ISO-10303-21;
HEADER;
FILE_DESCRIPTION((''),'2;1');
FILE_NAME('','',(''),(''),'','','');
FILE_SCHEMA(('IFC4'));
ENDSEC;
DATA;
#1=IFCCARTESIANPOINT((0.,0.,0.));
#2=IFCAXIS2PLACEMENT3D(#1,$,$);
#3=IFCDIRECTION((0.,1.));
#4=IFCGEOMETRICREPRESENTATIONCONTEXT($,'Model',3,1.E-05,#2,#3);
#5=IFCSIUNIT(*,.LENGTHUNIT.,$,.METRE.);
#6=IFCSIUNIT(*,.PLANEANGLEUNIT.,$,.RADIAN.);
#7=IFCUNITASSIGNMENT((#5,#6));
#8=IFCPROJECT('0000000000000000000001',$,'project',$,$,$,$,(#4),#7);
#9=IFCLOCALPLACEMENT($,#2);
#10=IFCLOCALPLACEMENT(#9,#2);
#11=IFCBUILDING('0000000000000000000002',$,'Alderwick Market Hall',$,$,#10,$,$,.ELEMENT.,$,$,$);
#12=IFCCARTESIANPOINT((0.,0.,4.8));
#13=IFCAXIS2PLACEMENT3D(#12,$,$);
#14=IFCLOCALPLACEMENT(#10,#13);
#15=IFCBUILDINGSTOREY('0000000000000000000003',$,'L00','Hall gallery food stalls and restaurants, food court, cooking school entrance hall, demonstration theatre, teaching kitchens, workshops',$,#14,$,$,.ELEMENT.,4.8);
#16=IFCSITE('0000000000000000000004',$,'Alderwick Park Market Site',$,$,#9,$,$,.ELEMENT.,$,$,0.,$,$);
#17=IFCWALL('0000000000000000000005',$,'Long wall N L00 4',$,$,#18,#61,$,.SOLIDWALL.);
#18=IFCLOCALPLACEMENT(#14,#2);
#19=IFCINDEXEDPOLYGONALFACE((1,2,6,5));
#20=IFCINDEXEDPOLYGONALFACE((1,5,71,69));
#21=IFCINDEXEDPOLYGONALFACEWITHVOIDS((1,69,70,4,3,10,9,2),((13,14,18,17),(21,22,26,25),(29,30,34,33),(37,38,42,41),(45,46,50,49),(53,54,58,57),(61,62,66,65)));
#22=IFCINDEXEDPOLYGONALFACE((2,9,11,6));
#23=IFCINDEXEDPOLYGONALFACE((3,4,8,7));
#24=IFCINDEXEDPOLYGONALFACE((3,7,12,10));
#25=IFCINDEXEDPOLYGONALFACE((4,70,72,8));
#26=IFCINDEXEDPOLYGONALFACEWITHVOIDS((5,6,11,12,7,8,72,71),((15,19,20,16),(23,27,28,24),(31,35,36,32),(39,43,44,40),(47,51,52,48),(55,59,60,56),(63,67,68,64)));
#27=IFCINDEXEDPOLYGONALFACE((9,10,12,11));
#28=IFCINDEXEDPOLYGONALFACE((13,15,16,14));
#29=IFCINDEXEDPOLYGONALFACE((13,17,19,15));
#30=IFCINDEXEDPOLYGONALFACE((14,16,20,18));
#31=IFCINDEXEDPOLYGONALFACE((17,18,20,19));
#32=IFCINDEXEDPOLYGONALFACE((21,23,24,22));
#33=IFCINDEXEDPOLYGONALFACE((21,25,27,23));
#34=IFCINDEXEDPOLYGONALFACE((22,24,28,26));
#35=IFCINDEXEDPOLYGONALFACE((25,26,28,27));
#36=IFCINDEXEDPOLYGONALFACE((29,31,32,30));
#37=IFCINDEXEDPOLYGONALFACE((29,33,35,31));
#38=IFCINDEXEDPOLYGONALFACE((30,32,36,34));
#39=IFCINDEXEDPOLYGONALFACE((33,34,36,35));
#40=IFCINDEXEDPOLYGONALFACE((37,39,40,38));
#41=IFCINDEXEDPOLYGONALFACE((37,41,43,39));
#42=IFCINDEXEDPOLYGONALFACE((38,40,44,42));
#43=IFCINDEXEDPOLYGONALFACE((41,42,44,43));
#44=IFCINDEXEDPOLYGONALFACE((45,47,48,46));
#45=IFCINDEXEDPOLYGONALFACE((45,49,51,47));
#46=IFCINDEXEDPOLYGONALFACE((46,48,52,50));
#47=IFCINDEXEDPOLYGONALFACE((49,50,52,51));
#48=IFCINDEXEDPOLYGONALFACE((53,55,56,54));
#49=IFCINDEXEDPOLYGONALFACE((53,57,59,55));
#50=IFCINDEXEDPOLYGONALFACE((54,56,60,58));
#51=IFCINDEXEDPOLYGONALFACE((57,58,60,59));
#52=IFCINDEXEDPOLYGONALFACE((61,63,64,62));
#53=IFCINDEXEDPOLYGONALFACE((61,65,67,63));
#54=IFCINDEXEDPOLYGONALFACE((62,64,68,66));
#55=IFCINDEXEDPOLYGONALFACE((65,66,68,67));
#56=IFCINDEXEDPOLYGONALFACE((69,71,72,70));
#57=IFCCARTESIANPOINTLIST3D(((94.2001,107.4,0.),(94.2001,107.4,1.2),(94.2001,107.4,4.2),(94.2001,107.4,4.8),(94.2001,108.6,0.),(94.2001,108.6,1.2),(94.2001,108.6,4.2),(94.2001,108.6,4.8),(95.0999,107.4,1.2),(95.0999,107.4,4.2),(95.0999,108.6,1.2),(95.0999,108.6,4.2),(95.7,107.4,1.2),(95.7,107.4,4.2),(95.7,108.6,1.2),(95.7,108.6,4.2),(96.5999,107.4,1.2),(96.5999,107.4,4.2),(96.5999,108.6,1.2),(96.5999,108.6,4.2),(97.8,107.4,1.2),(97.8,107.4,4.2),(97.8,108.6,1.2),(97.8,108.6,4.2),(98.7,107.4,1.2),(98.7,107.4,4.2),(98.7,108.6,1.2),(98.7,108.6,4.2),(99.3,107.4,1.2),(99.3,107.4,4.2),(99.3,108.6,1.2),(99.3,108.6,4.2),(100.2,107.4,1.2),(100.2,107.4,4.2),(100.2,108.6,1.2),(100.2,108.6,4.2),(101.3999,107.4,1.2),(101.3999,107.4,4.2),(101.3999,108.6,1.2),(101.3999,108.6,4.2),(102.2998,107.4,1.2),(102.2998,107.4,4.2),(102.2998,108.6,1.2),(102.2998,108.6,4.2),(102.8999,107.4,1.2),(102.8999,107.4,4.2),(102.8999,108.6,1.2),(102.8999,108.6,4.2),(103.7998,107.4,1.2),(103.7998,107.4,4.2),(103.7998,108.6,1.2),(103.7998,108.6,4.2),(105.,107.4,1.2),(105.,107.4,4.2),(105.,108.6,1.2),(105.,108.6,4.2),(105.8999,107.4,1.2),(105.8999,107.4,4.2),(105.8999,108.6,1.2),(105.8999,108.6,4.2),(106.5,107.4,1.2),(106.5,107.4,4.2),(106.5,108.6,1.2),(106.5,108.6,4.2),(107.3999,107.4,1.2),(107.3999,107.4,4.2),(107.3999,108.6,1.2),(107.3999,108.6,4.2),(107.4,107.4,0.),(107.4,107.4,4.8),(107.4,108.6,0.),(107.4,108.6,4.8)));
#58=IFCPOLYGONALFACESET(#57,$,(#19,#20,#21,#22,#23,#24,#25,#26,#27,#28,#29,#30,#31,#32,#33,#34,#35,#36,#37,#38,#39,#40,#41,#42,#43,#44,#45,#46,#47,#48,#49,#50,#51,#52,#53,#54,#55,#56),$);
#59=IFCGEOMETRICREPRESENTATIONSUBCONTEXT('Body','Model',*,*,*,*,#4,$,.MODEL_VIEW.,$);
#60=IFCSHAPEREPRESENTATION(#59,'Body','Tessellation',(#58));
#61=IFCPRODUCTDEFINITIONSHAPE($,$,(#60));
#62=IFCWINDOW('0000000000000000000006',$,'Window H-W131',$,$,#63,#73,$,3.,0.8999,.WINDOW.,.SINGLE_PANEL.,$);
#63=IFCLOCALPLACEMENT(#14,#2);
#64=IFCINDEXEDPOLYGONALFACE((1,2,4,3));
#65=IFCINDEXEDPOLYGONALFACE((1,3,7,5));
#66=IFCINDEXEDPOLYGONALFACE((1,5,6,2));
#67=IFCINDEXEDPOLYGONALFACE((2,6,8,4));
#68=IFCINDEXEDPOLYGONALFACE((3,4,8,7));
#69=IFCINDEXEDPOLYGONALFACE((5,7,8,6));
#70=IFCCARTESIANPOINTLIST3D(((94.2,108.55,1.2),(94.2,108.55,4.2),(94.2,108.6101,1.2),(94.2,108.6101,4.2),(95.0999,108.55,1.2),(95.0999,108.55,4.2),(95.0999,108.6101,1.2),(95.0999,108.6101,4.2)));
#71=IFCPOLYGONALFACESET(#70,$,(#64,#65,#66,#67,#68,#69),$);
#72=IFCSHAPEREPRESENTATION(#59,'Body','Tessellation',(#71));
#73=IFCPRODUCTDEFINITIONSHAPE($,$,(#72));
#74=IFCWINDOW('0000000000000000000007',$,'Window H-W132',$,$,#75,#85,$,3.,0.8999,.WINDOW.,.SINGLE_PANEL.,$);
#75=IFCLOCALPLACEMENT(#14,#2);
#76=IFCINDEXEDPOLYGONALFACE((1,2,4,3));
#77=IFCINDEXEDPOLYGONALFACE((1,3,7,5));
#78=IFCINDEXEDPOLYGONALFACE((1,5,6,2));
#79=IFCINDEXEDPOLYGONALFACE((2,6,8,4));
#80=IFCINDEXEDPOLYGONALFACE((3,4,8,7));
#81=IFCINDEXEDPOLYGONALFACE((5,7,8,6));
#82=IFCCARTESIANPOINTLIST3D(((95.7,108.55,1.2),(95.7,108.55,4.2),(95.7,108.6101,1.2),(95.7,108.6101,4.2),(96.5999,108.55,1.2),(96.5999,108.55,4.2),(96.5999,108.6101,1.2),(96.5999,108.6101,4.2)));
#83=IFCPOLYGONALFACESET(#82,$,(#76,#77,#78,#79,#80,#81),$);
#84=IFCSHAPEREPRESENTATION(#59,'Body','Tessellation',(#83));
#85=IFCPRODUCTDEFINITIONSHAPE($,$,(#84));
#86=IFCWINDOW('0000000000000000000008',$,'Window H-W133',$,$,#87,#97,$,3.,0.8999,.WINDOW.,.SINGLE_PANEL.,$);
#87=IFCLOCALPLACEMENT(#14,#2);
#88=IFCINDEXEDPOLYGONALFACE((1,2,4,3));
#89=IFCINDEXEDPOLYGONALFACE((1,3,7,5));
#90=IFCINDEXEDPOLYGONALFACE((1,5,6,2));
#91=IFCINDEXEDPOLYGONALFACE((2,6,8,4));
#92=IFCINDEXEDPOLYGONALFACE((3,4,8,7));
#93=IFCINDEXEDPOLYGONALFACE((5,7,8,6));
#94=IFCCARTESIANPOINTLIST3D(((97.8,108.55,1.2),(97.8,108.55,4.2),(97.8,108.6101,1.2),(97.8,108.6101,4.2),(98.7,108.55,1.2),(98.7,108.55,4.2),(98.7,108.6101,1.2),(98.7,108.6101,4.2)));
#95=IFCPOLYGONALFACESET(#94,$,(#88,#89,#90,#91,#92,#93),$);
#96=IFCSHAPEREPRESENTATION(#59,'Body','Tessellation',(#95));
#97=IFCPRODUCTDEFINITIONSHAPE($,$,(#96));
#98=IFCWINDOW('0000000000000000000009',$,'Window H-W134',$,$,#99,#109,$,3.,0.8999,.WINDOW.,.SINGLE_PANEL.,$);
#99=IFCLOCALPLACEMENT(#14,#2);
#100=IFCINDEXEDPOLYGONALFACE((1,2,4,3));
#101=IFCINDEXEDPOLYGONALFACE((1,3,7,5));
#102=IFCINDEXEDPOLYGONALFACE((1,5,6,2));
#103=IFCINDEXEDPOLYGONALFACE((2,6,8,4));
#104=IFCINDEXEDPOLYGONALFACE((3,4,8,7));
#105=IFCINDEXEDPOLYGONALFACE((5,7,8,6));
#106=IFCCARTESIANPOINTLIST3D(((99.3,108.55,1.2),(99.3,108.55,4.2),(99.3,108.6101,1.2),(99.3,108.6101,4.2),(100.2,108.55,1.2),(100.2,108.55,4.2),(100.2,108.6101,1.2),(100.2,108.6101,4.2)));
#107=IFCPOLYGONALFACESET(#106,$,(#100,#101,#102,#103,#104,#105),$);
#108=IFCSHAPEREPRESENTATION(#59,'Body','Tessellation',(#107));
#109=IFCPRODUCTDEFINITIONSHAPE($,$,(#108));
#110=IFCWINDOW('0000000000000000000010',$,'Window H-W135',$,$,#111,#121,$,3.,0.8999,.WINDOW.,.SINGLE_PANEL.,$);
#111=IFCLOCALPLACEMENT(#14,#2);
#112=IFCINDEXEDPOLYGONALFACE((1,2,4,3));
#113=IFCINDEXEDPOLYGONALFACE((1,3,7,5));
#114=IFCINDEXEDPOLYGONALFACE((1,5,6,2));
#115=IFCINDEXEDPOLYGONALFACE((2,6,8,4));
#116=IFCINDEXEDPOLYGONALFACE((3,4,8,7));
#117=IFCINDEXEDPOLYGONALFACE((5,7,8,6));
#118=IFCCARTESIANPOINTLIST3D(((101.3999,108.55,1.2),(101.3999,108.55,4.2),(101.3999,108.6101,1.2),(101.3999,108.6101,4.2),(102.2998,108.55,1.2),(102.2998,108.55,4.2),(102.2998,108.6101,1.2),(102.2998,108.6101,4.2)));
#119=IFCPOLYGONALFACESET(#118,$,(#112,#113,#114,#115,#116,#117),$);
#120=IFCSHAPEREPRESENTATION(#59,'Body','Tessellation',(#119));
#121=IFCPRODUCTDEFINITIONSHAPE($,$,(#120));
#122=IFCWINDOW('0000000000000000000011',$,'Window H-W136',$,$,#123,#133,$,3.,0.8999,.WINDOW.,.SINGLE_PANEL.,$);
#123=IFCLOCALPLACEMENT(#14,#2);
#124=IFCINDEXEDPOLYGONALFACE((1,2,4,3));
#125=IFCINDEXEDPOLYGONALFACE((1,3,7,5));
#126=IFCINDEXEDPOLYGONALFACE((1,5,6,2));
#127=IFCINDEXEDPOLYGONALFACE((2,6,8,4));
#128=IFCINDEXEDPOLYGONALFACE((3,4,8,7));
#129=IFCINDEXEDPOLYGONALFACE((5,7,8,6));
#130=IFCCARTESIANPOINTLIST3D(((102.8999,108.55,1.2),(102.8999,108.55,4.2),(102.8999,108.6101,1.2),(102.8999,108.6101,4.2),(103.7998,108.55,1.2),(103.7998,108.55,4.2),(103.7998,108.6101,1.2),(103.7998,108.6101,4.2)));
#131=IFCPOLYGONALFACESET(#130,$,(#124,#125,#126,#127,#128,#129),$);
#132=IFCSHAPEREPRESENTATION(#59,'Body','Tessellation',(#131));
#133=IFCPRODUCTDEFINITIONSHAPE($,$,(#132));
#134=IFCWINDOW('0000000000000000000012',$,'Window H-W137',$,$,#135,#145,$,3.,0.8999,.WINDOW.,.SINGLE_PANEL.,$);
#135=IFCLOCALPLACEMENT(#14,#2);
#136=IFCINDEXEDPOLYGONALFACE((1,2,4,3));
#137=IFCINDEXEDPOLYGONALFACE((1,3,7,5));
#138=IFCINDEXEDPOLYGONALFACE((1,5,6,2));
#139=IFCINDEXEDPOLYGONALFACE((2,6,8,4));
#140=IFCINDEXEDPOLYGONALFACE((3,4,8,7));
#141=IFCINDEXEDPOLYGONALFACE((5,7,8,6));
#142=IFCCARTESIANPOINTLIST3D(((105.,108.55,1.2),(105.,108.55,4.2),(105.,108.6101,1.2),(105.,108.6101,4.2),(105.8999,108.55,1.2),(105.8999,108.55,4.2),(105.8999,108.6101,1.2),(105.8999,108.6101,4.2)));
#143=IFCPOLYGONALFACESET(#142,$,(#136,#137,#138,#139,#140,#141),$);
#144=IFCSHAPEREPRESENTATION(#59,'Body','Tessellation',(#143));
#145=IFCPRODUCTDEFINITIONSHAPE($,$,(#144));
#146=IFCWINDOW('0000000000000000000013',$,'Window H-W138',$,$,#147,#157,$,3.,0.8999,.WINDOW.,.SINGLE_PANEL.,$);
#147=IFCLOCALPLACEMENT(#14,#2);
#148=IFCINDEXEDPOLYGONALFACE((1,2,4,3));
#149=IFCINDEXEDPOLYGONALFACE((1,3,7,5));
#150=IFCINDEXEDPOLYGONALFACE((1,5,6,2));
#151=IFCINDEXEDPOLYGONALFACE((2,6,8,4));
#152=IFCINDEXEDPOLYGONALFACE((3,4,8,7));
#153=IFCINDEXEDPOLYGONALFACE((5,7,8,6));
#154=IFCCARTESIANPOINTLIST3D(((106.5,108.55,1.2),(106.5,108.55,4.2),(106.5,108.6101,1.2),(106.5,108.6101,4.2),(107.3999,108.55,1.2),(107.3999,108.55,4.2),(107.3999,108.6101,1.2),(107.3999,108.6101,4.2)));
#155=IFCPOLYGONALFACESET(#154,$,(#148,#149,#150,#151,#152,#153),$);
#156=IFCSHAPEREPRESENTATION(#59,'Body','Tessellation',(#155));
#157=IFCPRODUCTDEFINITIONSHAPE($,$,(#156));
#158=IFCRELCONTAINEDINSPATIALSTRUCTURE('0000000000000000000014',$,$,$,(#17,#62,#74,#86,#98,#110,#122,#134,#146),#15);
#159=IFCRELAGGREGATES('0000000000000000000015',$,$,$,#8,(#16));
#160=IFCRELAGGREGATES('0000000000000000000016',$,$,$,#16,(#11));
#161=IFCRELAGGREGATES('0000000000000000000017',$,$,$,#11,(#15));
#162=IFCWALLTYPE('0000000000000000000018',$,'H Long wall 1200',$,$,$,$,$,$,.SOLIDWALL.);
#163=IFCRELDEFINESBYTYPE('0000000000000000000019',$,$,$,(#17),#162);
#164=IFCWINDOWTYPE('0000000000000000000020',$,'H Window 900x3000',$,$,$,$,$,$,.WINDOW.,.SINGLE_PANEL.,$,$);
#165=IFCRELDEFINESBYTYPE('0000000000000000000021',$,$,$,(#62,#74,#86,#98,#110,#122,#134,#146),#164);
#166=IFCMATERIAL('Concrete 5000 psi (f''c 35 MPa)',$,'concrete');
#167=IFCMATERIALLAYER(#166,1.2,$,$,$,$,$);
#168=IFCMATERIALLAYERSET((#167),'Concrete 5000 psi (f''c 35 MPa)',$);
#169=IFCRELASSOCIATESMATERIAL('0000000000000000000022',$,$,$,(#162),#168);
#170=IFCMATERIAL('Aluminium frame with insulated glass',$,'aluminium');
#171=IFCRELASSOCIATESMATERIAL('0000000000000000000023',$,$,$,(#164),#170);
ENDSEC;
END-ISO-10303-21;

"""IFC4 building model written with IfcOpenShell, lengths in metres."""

from ifc_helpers import new_model, si_unit, direction, frame, frame_2d, origin, place, context, subcontext, project, spatial, rectangle, extrude, material, layer, layer_set, type_object, element, fill, save


model = new_model("IFC4")

# Units and contexts
model_context = context("Model", 3, precision=1e-05, world=origin(), true_north=direction((0.0, 1.0)))
body_context = subcontext(model_context, "Body", "Model", "MODEL_VIEW")
ifc_project = project(units=[si_unit("LENGTHUNIT", "METRE"), si_unit("PLANEANGLEUNIT", "RADIAN")], contexts=[model_context])

# Site, building, storey
site_placement = place(None, origin())
site = spatial("IfcSite", under=ifc_project, at=site_placement, Name="Alderwick Park Market Site", CompositionType="ELEMENT", RefElevation=0.0)
building_placement = place(site_placement, origin())
building = spatial("IfcBuilding", under=site, at=building_placement, Name="Alderwick Market Hall", CompositionType="ELEMENT")
storey_placement = place(building_placement, frame((0.0, 0.0, 4.8)))
storey = spatial("IfcBuildingStorey", under=building, at=storey_placement, Name="L00", Description="Hall gallery food stalls and restaurants, food court, cooking school entrance hall, demonstration theatre, teaching kitchens, workshops", CompositionType="ELEMENT", Elevation=4.8)

# Shared definitions
ifc_material_1 = material(Name="Concrete 5000 psi (f'c 35 MPa)", Category="concrete")

# Wall, openings, windows
ifc_layer_1 = layer(ifc_material_1, 1.2)
ifc_layer_set_1 = layer_set([ifc_layer_1], Name="Concrete 5000 psi (f'c 35 MPa)")
wall_type_1 = type_object("IfcWallType", Name="H Long wall 1200", PredefinedType="SOLIDWALL", material=ifc_layer_set_1)
wall_1_placement = place(storey_placement, frame((94.2, 108.0, 0.0), z_axis=(0.0, 0.0, 1.0), x_axis=(1.0, 0.0, 0.0)))
wall_1 = element("IfcWall", 1, at=wall_1_placement, inside=storey, type_object=wall_type_1, Name="Long wall N L00 4", PredefinedType="SOLIDWALL", context=body_context, shape_type="SweptSolid", body=[
    extrude(rectangle(XDim=13.2, YDim=1.2, at=frame_2d((6.6001, 0.0))), origin(), (0.0, 0.0, 1.0), 4.8),
])
opening_1_placement = place(wall_1_placement, frame((0.0, 0.0, 1.2)))
opening_1 = element("IfcOpeningElement", 2, at=opening_1_placement, cuts=wall_1, PredefinedType="OPENING", context=body_context, shape_type="SweptSolid", body=[
    extrude(rectangle(XDim=0.8999, YDim=3.0, at=frame_2d((0.45, 1.5))), frame((0.0, 0.6099, 0.0), z_axis=(0.0, -1.0, 0.0), x_axis=(1.0, 0.0, 0.0)), (0.0, 0.0, 1.0), 1.22),
])
opening_2_placement = place(wall_1_placement, frame((1.5, 0.0, 1.2)))
opening_2 = element("IfcOpeningElement", 3, at=opening_2_placement, cuts=wall_1, PredefinedType="OPENING", context=body_context, shape_type="SweptSolid", body=[
    extrude(rectangle(XDim=0.8999, YDim=3.0, at=frame_2d((0.45, 1.5))), frame((0.0, 0.6099, 0.0), z_axis=(0.0, -1.0, 0.0), x_axis=(1.0, 0.0, 0.0)), (0.0, 0.0, 1.0), 1.22),
])
opening_3_placement = place(wall_1_placement, frame((3.6001, 0.0, 1.2)))
opening_3 = element("IfcOpeningElement", 4, at=opening_3_placement, cuts=wall_1, PredefinedType="OPENING", context=body_context, shape_type="SweptSolid", body=[
    extrude(rectangle(XDim=0.8999, YDim=3.0, at=frame_2d((0.45, 1.5))), frame((0.0, 0.6099, 0.0), z_axis=(0.0, -1.0, 0.0), x_axis=(1.0, 0.0, 0.0)), (0.0, 0.0, 1.0), 1.22),
])
opening_4_placement = place(wall_1_placement, frame((5.1001, 0.0, 1.2)))
opening_4 = element("IfcOpeningElement", 5, at=opening_4_placement, cuts=wall_1, PredefinedType="OPENING", context=body_context, shape_type="SweptSolid", body=[
    extrude(rectangle(XDim=0.8999, YDim=3.0, at=frame_2d((0.45, 1.5))), frame((0.0, 0.6099, 0.0), z_axis=(0.0, -1.0, 0.0), x_axis=(1.0, 0.0, 0.0)), (0.0, 0.0, 1.0), 1.22),
])
opening_5_placement = place(wall_1_placement, frame((7.2, 0.0, 1.2)))
opening_5 = element("IfcOpeningElement", 6, at=opening_5_placement, cuts=wall_1, PredefinedType="OPENING", context=body_context, shape_type="SweptSolid", body=[
    extrude(rectangle(XDim=0.8999, YDim=3.0, at=frame_2d((0.45, 1.5))), frame((0.0, 0.6099, 0.0), z_axis=(0.0, -1.0, 0.0), x_axis=(1.0, 0.0, 0.0)), (0.0, 0.0, 1.0), 1.22),
])
opening_6_placement = place(wall_1_placement, frame((8.7, 0.0, 1.2)))
opening_6 = element("IfcOpeningElement", 7, at=opening_6_placement, cuts=wall_1, PredefinedType="OPENING", context=body_context, shape_type="SweptSolid", body=[
    extrude(rectangle(XDim=0.8999, YDim=3.0, at=frame_2d((0.45, 1.5))), frame((0.0, 0.6099, 0.0), z_axis=(0.0, -1.0, 0.0), x_axis=(1.0, 0.0, 0.0)), (0.0, 0.0, 1.0), 1.22),
])
opening_7_placement = place(wall_1_placement, frame((10.8, 0.0, 1.2)))
opening_7 = element("IfcOpeningElement", 8, at=opening_7_placement, cuts=wall_1, PredefinedType="OPENING", context=body_context, shape_type="SweptSolid", body=[
    extrude(rectangle(XDim=0.8999, YDim=3.0, at=frame_2d((0.45, 1.5))), frame((0.0, 0.6099, 0.0), z_axis=(0.0, -1.0, 0.0), x_axis=(1.0, 0.0, 0.0)), (0.0, 0.0, 1.0), 1.22),
])
opening_8_placement = place(wall_1_placement, frame((12.3, 0.0, 1.2)))
opening_8 = element("IfcOpeningElement", 9, at=opening_8_placement, cuts=wall_1, PredefinedType="OPENING", context=body_context, shape_type="SweptSolid", body=[
    extrude(rectangle(XDim=0.8999, YDim=3.0, at=frame_2d((0.45, 1.5))), frame((0.0, 0.6099, 0.0), z_axis=(0.0, -1.0, 0.0), x_axis=(1.0, 0.0, 0.0)), (0.0, 0.0, 1.0), 1.22),
])
ifc_material_2 = material(Name="Aluminium frame with insulated glass", Category="aluminium")
window_type = type_object("IfcWindowType", Name="H Window 900x3000", PartitioningType="SINGLE_PANEL", PredefinedType="WINDOW", material=ifc_material_2)
window_1_placement = place(opening_1_placement, origin())
window_1 = element("IfcWindow", 10, at=window_1_placement, inside=storey, type_object=window_type, Name="Window H-W131", OverallHeight=3.0, OverallWidth=0.8999, PartitioningType="SINGLE_PANEL", PredefinedType="WINDOW", context=body_context, shape_type="SweptSolid", body=[
    extrude(rectangle(XDim=0.8999, YDim=3.0, at=frame_2d((0.45, 1.5))), frame((0.0, 0.6101, 0.0), z_axis=(0.0, -1.0, 0.0), x_axis=(1.0, 0.0, 0.0)), (0.0, 0.0, 1.0), 0.0601),
])
fill(opening_1, window_1)
window_2_placement = place(opening_2_placement, origin())
window_2 = element("IfcWindow", 11, at=window_2_placement, inside=storey, type_object=window_type, Name="Window H-W132", OverallHeight=3.0, OverallWidth=0.8999, PartitioningType="SINGLE_PANEL", PredefinedType="WINDOW", context=body_context, shape_type="SweptSolid", body=[
    extrude(rectangle(XDim=0.8999, YDim=3.0, at=frame_2d((0.45, 1.5))), frame((0.0, 0.6101, 0.0), z_axis=(0.0, -1.0, 0.0), x_axis=(1.0, 0.0, 0.0)), (0.0, 0.0, 1.0), 0.0601),
])
fill(opening_2, window_2)
window_3_placement = place(opening_3_placement, origin())
window_3 = element("IfcWindow", 12, at=window_3_placement, inside=storey, type_object=window_type, Name="Window H-W133", OverallHeight=3.0, OverallWidth=0.8999, PartitioningType="SINGLE_PANEL", PredefinedType="WINDOW", context=body_context, shape_type="SweptSolid", body=[
    extrude(rectangle(XDim=0.8999, YDim=3.0, at=frame_2d((0.45, 1.5))), frame((0.0, 0.6101, 0.0), z_axis=(0.0, -1.0, 0.0), x_axis=(1.0, 0.0, 0.0)), (0.0, 0.0, 1.0), 0.0601),
])
fill(opening_3, window_3)
window_4_placement = place(opening_4_placement, origin())
window_4 = element("IfcWindow", 13, at=window_4_placement, inside=storey, type_object=window_type, Name="Window H-W134", OverallHeight=3.0, OverallWidth=0.8999, PartitioningType="SINGLE_PANEL", PredefinedType="WINDOW", context=body_context, shape_type="SweptSolid", body=[
    extrude(rectangle(XDim=0.8999, YDim=3.0, at=frame_2d((0.45, 1.5))), frame((0.0, 0.6101, 0.0), z_axis=(0.0, -1.0, 0.0), x_axis=(1.0, 0.0, 0.0)), (0.0, 0.0, 1.0), 0.0601),
])
fill(opening_4, window_4)
window_5_placement = place(opening_5_placement, origin())
window_5 = element("IfcWindow", 14, at=window_5_placement, inside=storey, type_object=window_type, Name="Window H-W135", OverallHeight=3.0, OverallWidth=0.8999, PartitioningType="SINGLE_PANEL", PredefinedType="WINDOW", context=body_context, shape_type="SweptSolid", body=[
    extrude(rectangle(XDim=0.8999, YDim=3.0, at=frame_2d((0.45, 1.5))), frame((0.0, 0.6101, 0.0), z_axis=(0.0, -1.0, 0.0), x_axis=(1.0, 0.0, 0.0)), (0.0, 0.0, 1.0), 0.0601),
])
fill(opening_5, window_5)
window_6_placement = place(opening_6_placement, origin())
window_6 = element("IfcWindow", 15, at=window_6_placement, inside=storey, type_object=window_type, Name="Window H-W136", OverallHeight=3.0, OverallWidth=0.8999, PartitioningType="SINGLE_PANEL", PredefinedType="WINDOW", context=body_context, shape_type="SweptSolid", body=[
    extrude(rectangle(XDim=0.8999, YDim=3.0, at=frame_2d((0.45, 1.5))), frame((0.0, 0.6101, 0.0), z_axis=(0.0, -1.0, 0.0), x_axis=(1.0, 0.0, 0.0)), (0.0, 0.0, 1.0), 0.0601),
])
fill(opening_6, window_6)
window_7_placement = place(opening_7_placement, origin())
window_7 = element("IfcWindow", 16, at=window_7_placement, inside=storey, type_object=window_type, Name="Window H-W137", OverallHeight=3.0, OverallWidth=0.8999, PartitioningType="SINGLE_PANEL", PredefinedType="WINDOW", context=body_context, shape_type="SweptSolid", body=[
    extrude(rectangle(XDim=0.8999, YDim=3.0, at=frame_2d((0.45, 1.5))), frame((0.0, 0.6101, 0.0), z_axis=(0.0, -1.0, 0.0), x_axis=(1.0, 0.0, 0.0)), (0.0, 0.0, 1.0), 0.0601),
])
fill(opening_7, window_7)
window_8_placement = place(opening_8_placement, origin())
window_8 = element("IfcWindow", 17, at=window_8_placement, inside=storey, type_object=window_type, Name="Window H-W138", OverallHeight=3.0, OverallWidth=0.8999, PartitioningType="SINGLE_PANEL", PredefinedType="WINDOW", context=body_context, shape_type="SweptSolid", body=[
    extrude(rectangle(XDim=0.8999, YDim=3.0, at=frame_2d((0.45, 1.5))), frame((0.0, 0.6101, 0.0), z_axis=(0.0, -1.0, 0.0), x_axis=(1.0, 0.0, 0.0)), (0.0, 0.0, 1.0), 0.0601),
])
fill(opening_8, window_8)

save(model, "model.ifc")
